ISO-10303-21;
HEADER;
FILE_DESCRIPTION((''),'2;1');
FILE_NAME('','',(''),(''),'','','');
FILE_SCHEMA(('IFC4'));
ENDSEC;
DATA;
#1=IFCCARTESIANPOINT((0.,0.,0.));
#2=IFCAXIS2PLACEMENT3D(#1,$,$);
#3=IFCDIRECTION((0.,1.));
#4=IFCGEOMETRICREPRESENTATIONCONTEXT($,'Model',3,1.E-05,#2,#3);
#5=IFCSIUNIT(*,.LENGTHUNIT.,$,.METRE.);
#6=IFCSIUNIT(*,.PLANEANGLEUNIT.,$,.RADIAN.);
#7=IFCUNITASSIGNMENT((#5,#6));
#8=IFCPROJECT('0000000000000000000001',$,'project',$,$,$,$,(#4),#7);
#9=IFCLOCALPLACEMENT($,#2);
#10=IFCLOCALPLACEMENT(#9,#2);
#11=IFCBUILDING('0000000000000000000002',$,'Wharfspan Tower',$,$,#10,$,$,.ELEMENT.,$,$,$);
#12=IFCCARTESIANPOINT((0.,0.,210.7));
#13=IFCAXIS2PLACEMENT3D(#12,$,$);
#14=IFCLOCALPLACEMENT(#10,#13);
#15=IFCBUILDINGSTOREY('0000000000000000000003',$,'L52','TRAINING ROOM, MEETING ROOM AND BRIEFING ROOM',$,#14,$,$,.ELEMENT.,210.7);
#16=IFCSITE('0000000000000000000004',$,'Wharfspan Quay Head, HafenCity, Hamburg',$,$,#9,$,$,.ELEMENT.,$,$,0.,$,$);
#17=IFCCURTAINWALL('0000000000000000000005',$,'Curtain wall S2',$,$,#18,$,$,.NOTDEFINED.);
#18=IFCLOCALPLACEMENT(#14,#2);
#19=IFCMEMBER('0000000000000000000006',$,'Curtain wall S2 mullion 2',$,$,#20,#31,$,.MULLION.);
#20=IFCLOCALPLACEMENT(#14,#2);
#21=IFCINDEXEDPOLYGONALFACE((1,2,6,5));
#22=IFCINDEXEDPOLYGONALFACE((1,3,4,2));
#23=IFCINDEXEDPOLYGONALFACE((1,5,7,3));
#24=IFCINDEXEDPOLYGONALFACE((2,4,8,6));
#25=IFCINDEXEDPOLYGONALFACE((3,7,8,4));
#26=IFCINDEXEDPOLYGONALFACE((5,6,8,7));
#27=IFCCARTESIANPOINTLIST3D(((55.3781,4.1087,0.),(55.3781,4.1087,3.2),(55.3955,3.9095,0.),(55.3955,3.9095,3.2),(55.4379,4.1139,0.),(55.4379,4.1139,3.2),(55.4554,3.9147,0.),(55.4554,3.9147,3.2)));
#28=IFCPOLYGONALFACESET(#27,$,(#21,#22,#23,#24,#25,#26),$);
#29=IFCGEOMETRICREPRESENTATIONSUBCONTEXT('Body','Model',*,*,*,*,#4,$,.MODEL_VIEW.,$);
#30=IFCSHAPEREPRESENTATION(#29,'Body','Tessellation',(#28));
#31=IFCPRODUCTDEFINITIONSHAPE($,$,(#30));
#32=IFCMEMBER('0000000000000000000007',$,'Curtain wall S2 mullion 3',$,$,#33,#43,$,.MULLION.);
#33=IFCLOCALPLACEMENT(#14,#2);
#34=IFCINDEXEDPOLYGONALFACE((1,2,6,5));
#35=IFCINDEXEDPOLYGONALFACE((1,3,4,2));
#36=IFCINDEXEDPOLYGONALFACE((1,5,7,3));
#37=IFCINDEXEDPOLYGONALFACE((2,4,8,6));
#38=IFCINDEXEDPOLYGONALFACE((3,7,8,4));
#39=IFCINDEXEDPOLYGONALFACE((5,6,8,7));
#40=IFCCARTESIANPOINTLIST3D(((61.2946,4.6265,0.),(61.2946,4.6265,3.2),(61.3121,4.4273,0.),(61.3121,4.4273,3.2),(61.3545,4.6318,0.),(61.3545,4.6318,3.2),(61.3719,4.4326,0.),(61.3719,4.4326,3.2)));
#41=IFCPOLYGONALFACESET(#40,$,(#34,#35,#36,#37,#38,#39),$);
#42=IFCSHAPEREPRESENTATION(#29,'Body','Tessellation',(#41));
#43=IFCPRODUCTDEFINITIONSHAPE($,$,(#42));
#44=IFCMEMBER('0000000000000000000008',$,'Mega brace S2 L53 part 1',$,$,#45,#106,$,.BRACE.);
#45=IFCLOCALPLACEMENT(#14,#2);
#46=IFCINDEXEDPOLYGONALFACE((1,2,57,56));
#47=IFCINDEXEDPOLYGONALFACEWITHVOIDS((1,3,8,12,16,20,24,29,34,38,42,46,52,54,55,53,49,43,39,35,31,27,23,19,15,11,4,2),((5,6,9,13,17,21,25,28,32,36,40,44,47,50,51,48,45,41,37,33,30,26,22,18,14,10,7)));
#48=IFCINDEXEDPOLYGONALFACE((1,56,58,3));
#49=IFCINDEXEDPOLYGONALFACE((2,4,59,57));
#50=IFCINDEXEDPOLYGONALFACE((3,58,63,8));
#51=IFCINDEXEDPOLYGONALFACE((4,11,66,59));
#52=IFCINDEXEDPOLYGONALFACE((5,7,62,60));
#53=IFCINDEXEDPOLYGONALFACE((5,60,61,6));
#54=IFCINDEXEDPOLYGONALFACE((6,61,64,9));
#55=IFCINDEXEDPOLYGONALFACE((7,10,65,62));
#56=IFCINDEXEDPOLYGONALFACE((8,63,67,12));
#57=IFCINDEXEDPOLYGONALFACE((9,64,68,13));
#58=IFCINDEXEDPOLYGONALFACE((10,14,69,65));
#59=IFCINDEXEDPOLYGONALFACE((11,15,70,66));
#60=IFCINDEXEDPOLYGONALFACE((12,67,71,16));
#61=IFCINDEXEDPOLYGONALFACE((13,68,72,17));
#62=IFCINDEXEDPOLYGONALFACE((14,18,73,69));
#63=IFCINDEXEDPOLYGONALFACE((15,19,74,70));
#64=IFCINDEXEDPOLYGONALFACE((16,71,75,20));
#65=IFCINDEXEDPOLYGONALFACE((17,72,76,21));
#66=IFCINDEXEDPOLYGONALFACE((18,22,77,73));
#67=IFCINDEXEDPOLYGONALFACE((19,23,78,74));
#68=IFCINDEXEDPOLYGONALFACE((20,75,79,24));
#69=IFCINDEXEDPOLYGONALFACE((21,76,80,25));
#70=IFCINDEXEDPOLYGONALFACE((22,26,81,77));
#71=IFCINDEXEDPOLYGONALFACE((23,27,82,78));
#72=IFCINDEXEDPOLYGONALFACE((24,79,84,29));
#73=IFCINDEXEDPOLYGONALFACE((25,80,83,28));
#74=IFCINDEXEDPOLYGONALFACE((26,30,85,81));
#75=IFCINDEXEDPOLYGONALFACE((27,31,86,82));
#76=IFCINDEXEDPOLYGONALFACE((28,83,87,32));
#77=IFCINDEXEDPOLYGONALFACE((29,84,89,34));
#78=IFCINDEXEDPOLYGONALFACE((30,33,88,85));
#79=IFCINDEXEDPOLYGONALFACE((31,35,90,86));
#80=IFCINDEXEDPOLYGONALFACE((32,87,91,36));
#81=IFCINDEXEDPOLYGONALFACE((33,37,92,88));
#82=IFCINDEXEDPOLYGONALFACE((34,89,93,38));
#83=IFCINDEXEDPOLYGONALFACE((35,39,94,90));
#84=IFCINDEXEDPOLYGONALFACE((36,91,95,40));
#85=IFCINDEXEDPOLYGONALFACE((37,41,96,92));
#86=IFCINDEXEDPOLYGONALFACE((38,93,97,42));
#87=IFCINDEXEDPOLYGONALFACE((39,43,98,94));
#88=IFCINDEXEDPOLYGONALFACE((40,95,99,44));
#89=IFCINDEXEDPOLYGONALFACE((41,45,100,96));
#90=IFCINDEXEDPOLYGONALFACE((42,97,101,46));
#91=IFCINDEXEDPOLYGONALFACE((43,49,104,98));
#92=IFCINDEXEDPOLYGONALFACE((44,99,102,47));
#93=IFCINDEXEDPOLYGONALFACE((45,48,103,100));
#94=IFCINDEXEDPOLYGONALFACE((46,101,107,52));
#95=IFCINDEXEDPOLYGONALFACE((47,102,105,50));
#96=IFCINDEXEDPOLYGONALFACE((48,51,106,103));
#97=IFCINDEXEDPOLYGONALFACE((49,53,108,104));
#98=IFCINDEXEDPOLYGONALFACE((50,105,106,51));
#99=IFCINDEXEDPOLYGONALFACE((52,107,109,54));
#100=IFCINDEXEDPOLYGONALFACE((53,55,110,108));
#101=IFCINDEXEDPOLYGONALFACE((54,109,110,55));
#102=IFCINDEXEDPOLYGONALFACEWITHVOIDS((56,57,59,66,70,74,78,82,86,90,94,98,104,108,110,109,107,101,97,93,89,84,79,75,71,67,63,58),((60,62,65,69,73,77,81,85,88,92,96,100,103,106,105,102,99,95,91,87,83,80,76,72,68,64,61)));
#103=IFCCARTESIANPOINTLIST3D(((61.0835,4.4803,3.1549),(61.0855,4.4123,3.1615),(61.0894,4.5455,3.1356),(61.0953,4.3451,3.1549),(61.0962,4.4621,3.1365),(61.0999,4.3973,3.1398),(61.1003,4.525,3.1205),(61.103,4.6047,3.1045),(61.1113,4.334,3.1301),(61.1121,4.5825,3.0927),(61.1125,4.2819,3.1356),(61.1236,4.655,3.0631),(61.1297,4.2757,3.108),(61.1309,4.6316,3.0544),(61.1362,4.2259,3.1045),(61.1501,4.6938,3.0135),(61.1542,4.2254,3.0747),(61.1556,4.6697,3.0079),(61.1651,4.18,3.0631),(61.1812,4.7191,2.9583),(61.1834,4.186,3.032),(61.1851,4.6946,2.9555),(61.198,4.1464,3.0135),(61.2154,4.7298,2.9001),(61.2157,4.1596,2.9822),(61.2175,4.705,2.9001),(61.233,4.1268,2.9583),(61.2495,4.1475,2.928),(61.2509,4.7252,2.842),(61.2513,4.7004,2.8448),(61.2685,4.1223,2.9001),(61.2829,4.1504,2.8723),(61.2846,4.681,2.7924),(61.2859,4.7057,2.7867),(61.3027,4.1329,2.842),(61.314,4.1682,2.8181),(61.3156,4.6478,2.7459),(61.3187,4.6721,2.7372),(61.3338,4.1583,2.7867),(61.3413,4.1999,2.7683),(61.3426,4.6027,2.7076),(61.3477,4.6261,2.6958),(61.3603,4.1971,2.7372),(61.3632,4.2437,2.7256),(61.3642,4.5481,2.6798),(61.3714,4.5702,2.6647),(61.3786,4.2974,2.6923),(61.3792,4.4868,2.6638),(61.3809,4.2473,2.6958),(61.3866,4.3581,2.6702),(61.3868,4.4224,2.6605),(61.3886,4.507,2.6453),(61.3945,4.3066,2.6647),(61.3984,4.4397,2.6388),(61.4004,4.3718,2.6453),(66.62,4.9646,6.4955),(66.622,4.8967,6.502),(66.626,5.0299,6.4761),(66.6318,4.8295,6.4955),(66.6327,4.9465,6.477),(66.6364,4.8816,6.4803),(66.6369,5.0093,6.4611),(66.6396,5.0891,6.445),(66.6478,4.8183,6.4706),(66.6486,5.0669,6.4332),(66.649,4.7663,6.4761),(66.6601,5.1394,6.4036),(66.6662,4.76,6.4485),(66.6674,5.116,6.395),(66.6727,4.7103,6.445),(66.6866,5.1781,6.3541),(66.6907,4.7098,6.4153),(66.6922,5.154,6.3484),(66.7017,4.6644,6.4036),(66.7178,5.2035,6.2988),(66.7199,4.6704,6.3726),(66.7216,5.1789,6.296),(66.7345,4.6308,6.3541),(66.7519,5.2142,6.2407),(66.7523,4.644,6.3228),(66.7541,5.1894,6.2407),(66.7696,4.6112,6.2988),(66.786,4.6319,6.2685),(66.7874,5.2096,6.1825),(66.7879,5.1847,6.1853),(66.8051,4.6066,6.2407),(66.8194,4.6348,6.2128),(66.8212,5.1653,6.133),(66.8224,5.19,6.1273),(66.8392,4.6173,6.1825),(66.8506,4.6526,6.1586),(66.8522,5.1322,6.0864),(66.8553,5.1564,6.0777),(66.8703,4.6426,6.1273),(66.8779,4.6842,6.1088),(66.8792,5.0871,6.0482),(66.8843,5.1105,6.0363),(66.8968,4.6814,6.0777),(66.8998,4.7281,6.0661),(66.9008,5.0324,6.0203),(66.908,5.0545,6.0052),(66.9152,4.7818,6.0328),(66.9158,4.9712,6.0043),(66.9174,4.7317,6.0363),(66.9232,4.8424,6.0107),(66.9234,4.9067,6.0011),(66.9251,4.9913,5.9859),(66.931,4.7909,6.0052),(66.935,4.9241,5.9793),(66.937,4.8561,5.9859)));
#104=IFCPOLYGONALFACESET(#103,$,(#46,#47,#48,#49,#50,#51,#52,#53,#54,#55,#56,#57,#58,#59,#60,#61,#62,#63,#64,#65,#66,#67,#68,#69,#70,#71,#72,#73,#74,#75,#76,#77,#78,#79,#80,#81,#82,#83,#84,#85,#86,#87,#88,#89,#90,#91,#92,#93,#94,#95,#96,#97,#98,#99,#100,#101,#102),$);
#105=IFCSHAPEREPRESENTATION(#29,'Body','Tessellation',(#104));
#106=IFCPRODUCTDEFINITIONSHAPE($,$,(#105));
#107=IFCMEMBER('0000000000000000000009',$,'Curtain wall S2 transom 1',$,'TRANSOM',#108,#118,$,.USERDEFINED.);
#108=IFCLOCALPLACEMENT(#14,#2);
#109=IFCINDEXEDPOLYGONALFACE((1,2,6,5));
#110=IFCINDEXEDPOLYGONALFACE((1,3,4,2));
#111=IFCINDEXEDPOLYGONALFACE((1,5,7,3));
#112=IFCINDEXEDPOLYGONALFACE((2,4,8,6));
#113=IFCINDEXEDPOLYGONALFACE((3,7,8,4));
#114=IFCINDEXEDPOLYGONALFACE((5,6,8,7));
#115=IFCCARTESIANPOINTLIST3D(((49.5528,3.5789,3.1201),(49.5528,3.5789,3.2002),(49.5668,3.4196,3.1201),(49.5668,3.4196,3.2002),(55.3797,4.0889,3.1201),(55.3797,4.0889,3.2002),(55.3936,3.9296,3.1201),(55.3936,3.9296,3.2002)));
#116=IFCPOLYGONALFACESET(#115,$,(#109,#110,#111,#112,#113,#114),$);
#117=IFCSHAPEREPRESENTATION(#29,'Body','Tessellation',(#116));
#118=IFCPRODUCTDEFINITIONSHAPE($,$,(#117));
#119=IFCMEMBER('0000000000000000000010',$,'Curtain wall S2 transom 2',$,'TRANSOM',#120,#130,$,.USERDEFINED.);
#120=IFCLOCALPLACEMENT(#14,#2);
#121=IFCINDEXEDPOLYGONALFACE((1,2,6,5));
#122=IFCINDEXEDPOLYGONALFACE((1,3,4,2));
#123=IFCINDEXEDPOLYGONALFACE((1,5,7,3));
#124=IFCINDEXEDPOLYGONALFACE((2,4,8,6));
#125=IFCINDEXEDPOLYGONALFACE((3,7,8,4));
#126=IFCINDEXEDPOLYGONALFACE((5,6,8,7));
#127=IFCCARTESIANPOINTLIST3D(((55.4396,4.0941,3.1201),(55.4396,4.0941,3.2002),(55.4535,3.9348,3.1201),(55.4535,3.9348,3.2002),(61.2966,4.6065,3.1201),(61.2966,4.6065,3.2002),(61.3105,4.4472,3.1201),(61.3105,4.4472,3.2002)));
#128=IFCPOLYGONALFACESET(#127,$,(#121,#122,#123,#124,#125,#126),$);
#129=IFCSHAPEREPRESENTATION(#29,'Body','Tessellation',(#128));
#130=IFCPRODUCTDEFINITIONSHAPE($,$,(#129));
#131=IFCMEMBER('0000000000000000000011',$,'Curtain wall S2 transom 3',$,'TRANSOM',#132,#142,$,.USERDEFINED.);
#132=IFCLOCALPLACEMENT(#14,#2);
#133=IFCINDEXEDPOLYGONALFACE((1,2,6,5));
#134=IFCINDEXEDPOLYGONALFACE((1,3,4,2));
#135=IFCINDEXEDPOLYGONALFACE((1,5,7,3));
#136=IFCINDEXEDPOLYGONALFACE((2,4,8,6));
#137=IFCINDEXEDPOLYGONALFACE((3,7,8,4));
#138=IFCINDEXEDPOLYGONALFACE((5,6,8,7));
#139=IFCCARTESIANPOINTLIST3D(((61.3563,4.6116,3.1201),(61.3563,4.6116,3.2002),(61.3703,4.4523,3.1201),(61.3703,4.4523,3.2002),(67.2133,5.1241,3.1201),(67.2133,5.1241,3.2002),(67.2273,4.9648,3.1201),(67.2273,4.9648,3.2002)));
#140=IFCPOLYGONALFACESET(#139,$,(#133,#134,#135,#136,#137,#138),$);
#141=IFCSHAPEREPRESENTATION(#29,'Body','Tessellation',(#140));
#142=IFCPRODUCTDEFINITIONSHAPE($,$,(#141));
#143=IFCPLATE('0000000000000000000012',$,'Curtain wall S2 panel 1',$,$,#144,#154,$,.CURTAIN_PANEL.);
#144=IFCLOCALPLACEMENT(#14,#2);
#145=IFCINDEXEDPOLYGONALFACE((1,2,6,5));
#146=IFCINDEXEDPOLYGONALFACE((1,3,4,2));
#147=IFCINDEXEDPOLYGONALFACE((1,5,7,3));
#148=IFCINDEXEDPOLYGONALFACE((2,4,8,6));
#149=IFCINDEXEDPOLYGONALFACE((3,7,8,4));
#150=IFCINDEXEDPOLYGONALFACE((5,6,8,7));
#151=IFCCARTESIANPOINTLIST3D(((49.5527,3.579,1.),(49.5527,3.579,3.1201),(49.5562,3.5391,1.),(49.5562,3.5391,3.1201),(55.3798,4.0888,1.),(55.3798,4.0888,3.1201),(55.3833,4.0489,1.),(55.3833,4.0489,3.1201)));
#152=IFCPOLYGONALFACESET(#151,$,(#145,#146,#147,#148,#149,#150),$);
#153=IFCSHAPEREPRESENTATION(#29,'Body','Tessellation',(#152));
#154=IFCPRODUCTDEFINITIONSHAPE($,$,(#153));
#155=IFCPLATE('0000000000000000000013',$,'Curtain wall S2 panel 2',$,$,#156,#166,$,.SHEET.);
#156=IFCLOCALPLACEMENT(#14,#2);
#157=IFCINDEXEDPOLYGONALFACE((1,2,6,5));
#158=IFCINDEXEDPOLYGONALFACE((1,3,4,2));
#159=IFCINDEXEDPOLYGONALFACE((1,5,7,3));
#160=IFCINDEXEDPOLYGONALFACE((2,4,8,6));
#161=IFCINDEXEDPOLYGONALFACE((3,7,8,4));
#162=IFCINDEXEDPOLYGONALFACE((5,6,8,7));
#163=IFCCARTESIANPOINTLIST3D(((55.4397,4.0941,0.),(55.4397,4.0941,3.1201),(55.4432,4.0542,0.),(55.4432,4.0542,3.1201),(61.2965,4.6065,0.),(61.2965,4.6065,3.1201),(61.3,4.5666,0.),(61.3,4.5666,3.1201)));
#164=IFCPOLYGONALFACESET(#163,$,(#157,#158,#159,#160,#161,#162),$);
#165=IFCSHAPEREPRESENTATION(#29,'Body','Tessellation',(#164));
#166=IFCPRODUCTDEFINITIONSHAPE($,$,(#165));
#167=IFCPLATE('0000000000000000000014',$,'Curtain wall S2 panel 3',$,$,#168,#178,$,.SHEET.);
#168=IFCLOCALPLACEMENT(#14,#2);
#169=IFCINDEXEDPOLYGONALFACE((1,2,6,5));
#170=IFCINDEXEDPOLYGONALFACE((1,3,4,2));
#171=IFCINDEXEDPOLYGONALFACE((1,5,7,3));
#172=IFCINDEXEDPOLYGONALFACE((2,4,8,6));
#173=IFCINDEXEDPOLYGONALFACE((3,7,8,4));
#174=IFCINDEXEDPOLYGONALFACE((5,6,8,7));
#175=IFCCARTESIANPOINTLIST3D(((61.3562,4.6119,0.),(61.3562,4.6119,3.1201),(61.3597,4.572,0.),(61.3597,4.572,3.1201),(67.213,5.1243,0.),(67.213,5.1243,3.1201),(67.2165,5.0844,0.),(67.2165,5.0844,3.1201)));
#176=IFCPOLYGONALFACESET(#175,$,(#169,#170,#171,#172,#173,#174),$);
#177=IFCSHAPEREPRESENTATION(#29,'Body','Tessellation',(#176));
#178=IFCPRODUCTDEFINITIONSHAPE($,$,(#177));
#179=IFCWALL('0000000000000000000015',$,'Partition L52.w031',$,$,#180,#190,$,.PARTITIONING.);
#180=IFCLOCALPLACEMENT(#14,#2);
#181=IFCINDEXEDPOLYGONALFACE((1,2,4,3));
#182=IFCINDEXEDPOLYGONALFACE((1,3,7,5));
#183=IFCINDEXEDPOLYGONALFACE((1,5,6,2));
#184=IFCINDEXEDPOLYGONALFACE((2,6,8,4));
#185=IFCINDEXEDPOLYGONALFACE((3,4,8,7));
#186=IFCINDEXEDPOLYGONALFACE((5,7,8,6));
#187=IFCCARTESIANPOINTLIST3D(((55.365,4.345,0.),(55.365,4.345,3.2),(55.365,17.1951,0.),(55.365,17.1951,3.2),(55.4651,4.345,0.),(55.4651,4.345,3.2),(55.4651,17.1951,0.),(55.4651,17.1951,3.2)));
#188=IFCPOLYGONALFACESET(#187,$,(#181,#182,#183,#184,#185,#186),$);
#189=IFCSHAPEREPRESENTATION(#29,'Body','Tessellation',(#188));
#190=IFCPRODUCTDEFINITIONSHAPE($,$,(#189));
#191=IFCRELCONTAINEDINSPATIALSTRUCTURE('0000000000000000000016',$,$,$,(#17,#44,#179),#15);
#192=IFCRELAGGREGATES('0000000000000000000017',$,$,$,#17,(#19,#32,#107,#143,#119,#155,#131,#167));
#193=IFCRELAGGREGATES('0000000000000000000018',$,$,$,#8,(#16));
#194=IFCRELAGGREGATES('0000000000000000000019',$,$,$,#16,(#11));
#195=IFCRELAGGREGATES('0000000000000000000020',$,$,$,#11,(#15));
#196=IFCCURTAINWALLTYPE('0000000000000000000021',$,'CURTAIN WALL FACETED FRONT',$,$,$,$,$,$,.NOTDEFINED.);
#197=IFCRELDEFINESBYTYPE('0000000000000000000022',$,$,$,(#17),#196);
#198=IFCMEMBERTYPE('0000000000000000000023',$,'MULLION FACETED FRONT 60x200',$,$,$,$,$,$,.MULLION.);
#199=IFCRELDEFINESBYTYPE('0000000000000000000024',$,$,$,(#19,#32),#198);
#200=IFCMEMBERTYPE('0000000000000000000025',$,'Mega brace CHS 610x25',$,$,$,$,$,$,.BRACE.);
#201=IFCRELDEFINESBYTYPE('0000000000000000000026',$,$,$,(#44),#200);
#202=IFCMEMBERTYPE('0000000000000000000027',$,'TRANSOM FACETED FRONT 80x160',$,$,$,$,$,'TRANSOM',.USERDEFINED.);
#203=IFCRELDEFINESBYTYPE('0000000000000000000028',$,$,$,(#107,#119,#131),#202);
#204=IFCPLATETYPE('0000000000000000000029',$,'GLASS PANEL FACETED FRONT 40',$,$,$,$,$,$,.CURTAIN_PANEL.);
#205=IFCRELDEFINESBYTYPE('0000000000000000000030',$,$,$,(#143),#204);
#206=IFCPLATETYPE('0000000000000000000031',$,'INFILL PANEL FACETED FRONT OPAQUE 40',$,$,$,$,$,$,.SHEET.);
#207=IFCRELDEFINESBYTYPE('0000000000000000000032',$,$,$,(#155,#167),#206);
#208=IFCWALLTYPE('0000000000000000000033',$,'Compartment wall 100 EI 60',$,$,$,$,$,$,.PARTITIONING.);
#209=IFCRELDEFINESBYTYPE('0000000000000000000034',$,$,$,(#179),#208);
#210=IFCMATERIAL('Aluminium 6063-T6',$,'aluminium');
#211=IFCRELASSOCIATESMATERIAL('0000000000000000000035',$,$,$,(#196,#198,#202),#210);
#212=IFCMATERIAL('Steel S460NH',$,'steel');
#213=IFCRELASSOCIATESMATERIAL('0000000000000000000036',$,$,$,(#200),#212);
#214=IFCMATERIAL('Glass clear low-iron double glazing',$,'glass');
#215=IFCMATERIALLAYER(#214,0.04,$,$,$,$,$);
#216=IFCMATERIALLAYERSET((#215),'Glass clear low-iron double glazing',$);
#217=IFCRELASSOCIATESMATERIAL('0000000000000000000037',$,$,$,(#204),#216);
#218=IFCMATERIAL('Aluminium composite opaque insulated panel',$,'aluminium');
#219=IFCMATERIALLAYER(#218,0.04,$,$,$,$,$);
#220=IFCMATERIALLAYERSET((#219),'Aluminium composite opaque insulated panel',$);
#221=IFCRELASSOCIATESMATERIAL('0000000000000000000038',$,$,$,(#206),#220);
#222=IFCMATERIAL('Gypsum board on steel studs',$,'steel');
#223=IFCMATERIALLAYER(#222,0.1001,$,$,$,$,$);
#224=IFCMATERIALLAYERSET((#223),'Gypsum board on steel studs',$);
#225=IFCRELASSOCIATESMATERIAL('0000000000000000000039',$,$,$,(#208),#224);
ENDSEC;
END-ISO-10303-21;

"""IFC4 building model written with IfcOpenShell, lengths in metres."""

from ifc_helpers import new_model, si_unit, direction, frame, frame_2d, origin, origin_2d, place, context, subcontext, project, spatial, rectangle, hollow_circle, extrude, material, layer, layer_set, material_profile, profile_set, type_object, element, aggregate, save


model = new_model("IFC4")

# Units and contexts
model_context = context("Model", 3, precision=1e-05, world=origin(), true_north=direction((0.0, 1.0)))
body_context = subcontext(model_context, "Body", "Model", "MODEL_VIEW")
ifc_project = project(units=[si_unit("LENGTHUNIT", "METRE"), si_unit("PLANEANGLEUNIT", "RADIAN")], contexts=[model_context])

# Site, building, storey
site_placement = place(None, origin())
site = spatial("IfcSite", under=ifc_project, at=site_placement, Name="Wharfspan Quay Head, HafenCity, Hamburg", CompositionType="ELEMENT", RefElevation=0.0)
building_placement = place(site_placement, origin())
building = spatial("IfcBuilding", under=site, at=building_placement, Name="Wharfspan Tower", CompositionType="ELEMENT")
storey_placement = place(building_placement, frame((0.0, 0.0, 210.7)))
storey = spatial("IfcBuildingStorey", under=building, at=storey_placement, Name="L52", Description="TRAINING ROOM, MEETING ROOM AND BRIEFING ROOM", CompositionType="ELEMENT", Elevation=210.7)

# Curtain wall, members
ifc_material_1 = material(Name="Aluminium 6063-T6", Category="aluminium")
curtain_wall_type = type_object("IfcCurtainWallType", Name="CURTAIN WALL FACETED FRONT", PredefinedType="NOTDEFINED", material=ifc_material_1)
curtain_wall_placement = place(storey_placement, origin())
curtain_wall = element("IfcCurtainWall", 1, at=curtain_wall_placement, inside=storey, type_object=curtain_wall_type, Name="Curtain wall S2", PredefinedType="NOTDEFINED")
ifc_material_profile_1 = material_profile(ifc_material_1, rectangle(XDim=0.2, YDim=0.0601, at=origin_2d()))
ifc_profile_set_1 = profile_set([ifc_material_profile_1], Name="Aluminium 6063-T6")
member_type_1 = type_object("IfcMemberType", Name="MULLION FACETED FRONT 60x200", PredefinedType="MULLION", material=ifc_profile_set_1)
member_1_placement = place(storey_placement, frame((55.4167, 4.0117, 0.0), z_axis=(0.0, 0.0, 1.0), x_axis=(-0.087156, 0.996197, 0.0)))
member_1 = element("IfcMember", 2, at=member_1_placement, type_object=member_type_1, Name="Curtain wall S2 mullion 2", PredefinedType="MULLION", context=body_context, shape_type="SweptSolid", body=[
    extrude(rectangle(XDim=0.2, YDim=0.0601, at=origin_2d()), origin(), (0.0, 0.0, 1.0), 3.2),
])
member_2_placement = place(storey_placement, frame((61.3333, 4.5295, 0.0), z_axis=(0.0, 0.0, 1.0), x_axis=(-0.087156, 0.996197, 0.0)))
member_2 = element("IfcMember", 3, at=member_2_placement, type_object=member_type_1, Name="Curtain wall S2 mullion 3", PredefinedType="MULLION", context=body_context, shape_type="SweptSolid", body=[
    extrude(rectangle(XDim=0.2, YDim=0.0601, at=origin_2d()), origin(), (0.0, 0.0, 1.0), 3.2),
])

# Members
ifc_material_2 = material(Name="Steel S460NH", Category="steel")
ifc_material_profile_2 = material_profile(ifc_material_2, hollow_circle(Radius=0.3049, WallThickness=0.0249, at=origin_2d()))
ifc_profile_set_2 = profile_set([ifc_material_profile_2], Name="Steel S460NH")
member_type_2 = type_object("IfcMemberType", Name="Mega brace CHS 610x25", PredefinedType="BRACE", material=ifc_profile_set_2)
member_3_placement = place(storey_placement, frame((61.2419, 4.426, 2.9001), z_axis=(0.853829, 0.074698, 0.515166), x_axis=(-0.087155, 0.996197, 0.000003)))
element("IfcMember", 4, at=member_3_placement, inside=storey, type_object=member_type_2, Name="Mega brace S2 L53 part 1", PredefinedType="BRACE", context=body_context, shape_type="SweptSolid", body=[
    extrude(hollow_circle(Radius=0.3049, WallThickness=0.0249, at=origin_2d()), origin(), (0.0, 0.0, 1.0), 6.4844),
])
ifc_material_profile_3 = material_profile(ifc_material_1, rectangle(XDim=0.1599, YDim=0.0801, at=origin_2d()))
ifc_profile_set_3 = profile_set([ifc_material_profile_3], Name="Aluminium 6063-T6")
member_type_3 = type_object("IfcMemberType", Name="TRANSOM FACETED FRONT 80x160", ElementType="TRANSOM", PredefinedType="USERDEFINED", material=ifc_profile_set_3)
member_4_placement = place(storey_placement, frame((49.5598, 3.4993, 3.1602), z_axis=(0.996191, 0.087193, 0.0), x_axis=(-0.087193, 0.996191, 0.0)))
member_4 = element("IfcMember", 5, at=member_4_placement, type_object=member_type_3, Name="Curtain wall S2 transom 1", ObjectType="TRANSOM", PredefinedType="USERDEFINED", context=body_context, shape_type="SweptSolid", body=[
    extrude(rectangle(XDim=0.1599, YDim=0.0801, at=origin_2d()), origin(), (0.0, 0.0, 1.0), 5.8491),
])
member_5_placement = place(storey_placement, frame((55.4465, 4.0144, 3.1602), z_axis=(0.996194, 0.087162, 0.0), x_axis=(-0.087162, 0.996194, 0.0)))
member_5 = element("IfcMember", 6, at=member_5_placement, type_object=member_type_3, Name="Curtain wall S2 transom 2", ObjectType="TRANSOM", PredefinedType="USERDEFINED", context=body_context, shape_type="SweptSolid", body=[
    extrude(rectangle(XDim=0.1599, YDim=0.0801, at=origin_2d()), origin(), (0.0, 0.0, 1.0), 5.8794),
])
member_6_placement = place(storey_placement, frame((61.3633, 4.532, 3.1602), z_axis=(0.996194, 0.087162, 0.0), x_axis=(-0.087162, 0.996194, 0.0)))
member_6 = element("IfcMember", 7, at=member_6_placement, type_object=member_type_3, Name="Curtain wall S2 transom 3", ObjectType="TRANSOM", PredefinedType="USERDEFINED", context=body_context, shape_type="SweptSolid", body=[
    extrude(rectangle(XDim=0.1599, YDim=0.0801, at=origin_2d()), origin(), (0.0, 0.0, 1.0), 5.8794),
])

# Plates
ifc_material_3 = material(Name="Glass clear low-iron double glazing", Category="glass")
ifc_layer_1 = layer(ifc_material_3, 0.04)
ifc_layer_set_1 = layer_set([ifc_layer_1], Name="Glass clear low-iron double glazing")
plate_type_1 = type_object("IfcPlateType", Name="GLASS PANEL FACETED FRONT 40", PredefinedType="CURTAIN_PANEL", material=ifc_layer_set_1)
plate_1_placement = place(storey_placement, frame((52.468, 3.814, 1.0), z_axis=(0.0, 0.0, 1.0), x_axis=(0.996197, 0.087156, 0.0)))
plate_1 = element("IfcPlate", 8, at=plate_1_placement, type_object=plate_type_1, Name="Curtain wall S2 panel 1", PredefinedType="CURTAIN_PANEL", context=body_context, shape_type="SweptSolid", body=[
    extrude(rectangle(XDim=5.8494, YDim=0.04, at=origin_2d()), origin(), (0.0, 0.0, 1.0), 2.1201),
])
ifc_material_4 = material(Name="Aluminium composite opaque insulated panel", Category="aluminium")
ifc_layer_2 = layer(ifc_material_4, 0.04)
ifc_layer_set_2 = layer_set([ifc_layer_2], Name="Aluminium composite opaque insulated panel")
plate_type_2 = type_object("IfcPlateType", Name="INFILL PANEL FACETED FRONT OPAQUE 40", PredefinedType="SHEET", material=ifc_layer_set_2)
plate_2_placement = place(storey_placement, frame((58.3699, 4.3303, 0.0), z_axis=(0.0, 0.0, 1.0), x_axis=(0.996197, 0.087156, 0.0)))
plate_2 = element("IfcPlate", 9, at=plate_2_placement, type_object=plate_type_2, Name="Curtain wall S2 panel 2", PredefinedType="SHEET", context=body_context, shape_type="SweptSolid", body=[
    extrude(rectangle(XDim=5.8792, YDim=0.04, at=origin_2d()), origin(), (0.0, 0.0, 1.0), 3.1201),
])
plate_3_placement = place(storey_placement, frame((64.2864, 4.8481, 0.0), z_axis=(0.0, 0.0, 1.0), x_axis=(0.996197, 0.087156, 0.0)))
plate_3 = element("IfcPlate", 10, at=plate_3_placement, type_object=plate_type_2, Name="Curtain wall S2 panel 3", PredefinedType="SHEET", context=body_context, shape_type="SweptSolid", body=[
    extrude(rectangle(XDim=5.8792, YDim=0.04, at=origin_2d()), origin(), (0.0, 0.0, 1.0), 3.1201),
])
aggregate(curtain_wall, [member_1, member_2, member_4, plate_1, member_5, plate_2, member_6, plate_3])

# Wall
ifc_material_5 = material(Name="Gypsum board on steel studs", Category="steel")
ifc_layer_3 = layer(ifc_material_5, 0.1001)
ifc_layer_set_3 = layer_set([ifc_layer_3], Name="Gypsum board on steel studs")
wall_type_1 = type_object("IfcWallType", Name="Compartment wall 100 EI 60", PredefinedType="PARTITIONING", material=ifc_layer_set_3)
wall_1_placement = place(storey_placement, frame((55.415, 4.345, 0.0), z_axis=(0.0, 0.0, 1.0), x_axis=(0.0, 1.0, 0.0)))
element("IfcWall", 11, at=wall_1_placement, inside=storey, type_object=wall_type_1, Name="Partition L52.w031", PredefinedType="PARTITIONING", context=body_context, shape_type="SweptSolid", body=[
    extrude(rectangle(XDim=12.8501, YDim=0.1001, at=frame_2d((6.425, 0.0))), origin(), (0.0, 0.0, 1.0), 3.2),
])

save(model, "model.ifc")
